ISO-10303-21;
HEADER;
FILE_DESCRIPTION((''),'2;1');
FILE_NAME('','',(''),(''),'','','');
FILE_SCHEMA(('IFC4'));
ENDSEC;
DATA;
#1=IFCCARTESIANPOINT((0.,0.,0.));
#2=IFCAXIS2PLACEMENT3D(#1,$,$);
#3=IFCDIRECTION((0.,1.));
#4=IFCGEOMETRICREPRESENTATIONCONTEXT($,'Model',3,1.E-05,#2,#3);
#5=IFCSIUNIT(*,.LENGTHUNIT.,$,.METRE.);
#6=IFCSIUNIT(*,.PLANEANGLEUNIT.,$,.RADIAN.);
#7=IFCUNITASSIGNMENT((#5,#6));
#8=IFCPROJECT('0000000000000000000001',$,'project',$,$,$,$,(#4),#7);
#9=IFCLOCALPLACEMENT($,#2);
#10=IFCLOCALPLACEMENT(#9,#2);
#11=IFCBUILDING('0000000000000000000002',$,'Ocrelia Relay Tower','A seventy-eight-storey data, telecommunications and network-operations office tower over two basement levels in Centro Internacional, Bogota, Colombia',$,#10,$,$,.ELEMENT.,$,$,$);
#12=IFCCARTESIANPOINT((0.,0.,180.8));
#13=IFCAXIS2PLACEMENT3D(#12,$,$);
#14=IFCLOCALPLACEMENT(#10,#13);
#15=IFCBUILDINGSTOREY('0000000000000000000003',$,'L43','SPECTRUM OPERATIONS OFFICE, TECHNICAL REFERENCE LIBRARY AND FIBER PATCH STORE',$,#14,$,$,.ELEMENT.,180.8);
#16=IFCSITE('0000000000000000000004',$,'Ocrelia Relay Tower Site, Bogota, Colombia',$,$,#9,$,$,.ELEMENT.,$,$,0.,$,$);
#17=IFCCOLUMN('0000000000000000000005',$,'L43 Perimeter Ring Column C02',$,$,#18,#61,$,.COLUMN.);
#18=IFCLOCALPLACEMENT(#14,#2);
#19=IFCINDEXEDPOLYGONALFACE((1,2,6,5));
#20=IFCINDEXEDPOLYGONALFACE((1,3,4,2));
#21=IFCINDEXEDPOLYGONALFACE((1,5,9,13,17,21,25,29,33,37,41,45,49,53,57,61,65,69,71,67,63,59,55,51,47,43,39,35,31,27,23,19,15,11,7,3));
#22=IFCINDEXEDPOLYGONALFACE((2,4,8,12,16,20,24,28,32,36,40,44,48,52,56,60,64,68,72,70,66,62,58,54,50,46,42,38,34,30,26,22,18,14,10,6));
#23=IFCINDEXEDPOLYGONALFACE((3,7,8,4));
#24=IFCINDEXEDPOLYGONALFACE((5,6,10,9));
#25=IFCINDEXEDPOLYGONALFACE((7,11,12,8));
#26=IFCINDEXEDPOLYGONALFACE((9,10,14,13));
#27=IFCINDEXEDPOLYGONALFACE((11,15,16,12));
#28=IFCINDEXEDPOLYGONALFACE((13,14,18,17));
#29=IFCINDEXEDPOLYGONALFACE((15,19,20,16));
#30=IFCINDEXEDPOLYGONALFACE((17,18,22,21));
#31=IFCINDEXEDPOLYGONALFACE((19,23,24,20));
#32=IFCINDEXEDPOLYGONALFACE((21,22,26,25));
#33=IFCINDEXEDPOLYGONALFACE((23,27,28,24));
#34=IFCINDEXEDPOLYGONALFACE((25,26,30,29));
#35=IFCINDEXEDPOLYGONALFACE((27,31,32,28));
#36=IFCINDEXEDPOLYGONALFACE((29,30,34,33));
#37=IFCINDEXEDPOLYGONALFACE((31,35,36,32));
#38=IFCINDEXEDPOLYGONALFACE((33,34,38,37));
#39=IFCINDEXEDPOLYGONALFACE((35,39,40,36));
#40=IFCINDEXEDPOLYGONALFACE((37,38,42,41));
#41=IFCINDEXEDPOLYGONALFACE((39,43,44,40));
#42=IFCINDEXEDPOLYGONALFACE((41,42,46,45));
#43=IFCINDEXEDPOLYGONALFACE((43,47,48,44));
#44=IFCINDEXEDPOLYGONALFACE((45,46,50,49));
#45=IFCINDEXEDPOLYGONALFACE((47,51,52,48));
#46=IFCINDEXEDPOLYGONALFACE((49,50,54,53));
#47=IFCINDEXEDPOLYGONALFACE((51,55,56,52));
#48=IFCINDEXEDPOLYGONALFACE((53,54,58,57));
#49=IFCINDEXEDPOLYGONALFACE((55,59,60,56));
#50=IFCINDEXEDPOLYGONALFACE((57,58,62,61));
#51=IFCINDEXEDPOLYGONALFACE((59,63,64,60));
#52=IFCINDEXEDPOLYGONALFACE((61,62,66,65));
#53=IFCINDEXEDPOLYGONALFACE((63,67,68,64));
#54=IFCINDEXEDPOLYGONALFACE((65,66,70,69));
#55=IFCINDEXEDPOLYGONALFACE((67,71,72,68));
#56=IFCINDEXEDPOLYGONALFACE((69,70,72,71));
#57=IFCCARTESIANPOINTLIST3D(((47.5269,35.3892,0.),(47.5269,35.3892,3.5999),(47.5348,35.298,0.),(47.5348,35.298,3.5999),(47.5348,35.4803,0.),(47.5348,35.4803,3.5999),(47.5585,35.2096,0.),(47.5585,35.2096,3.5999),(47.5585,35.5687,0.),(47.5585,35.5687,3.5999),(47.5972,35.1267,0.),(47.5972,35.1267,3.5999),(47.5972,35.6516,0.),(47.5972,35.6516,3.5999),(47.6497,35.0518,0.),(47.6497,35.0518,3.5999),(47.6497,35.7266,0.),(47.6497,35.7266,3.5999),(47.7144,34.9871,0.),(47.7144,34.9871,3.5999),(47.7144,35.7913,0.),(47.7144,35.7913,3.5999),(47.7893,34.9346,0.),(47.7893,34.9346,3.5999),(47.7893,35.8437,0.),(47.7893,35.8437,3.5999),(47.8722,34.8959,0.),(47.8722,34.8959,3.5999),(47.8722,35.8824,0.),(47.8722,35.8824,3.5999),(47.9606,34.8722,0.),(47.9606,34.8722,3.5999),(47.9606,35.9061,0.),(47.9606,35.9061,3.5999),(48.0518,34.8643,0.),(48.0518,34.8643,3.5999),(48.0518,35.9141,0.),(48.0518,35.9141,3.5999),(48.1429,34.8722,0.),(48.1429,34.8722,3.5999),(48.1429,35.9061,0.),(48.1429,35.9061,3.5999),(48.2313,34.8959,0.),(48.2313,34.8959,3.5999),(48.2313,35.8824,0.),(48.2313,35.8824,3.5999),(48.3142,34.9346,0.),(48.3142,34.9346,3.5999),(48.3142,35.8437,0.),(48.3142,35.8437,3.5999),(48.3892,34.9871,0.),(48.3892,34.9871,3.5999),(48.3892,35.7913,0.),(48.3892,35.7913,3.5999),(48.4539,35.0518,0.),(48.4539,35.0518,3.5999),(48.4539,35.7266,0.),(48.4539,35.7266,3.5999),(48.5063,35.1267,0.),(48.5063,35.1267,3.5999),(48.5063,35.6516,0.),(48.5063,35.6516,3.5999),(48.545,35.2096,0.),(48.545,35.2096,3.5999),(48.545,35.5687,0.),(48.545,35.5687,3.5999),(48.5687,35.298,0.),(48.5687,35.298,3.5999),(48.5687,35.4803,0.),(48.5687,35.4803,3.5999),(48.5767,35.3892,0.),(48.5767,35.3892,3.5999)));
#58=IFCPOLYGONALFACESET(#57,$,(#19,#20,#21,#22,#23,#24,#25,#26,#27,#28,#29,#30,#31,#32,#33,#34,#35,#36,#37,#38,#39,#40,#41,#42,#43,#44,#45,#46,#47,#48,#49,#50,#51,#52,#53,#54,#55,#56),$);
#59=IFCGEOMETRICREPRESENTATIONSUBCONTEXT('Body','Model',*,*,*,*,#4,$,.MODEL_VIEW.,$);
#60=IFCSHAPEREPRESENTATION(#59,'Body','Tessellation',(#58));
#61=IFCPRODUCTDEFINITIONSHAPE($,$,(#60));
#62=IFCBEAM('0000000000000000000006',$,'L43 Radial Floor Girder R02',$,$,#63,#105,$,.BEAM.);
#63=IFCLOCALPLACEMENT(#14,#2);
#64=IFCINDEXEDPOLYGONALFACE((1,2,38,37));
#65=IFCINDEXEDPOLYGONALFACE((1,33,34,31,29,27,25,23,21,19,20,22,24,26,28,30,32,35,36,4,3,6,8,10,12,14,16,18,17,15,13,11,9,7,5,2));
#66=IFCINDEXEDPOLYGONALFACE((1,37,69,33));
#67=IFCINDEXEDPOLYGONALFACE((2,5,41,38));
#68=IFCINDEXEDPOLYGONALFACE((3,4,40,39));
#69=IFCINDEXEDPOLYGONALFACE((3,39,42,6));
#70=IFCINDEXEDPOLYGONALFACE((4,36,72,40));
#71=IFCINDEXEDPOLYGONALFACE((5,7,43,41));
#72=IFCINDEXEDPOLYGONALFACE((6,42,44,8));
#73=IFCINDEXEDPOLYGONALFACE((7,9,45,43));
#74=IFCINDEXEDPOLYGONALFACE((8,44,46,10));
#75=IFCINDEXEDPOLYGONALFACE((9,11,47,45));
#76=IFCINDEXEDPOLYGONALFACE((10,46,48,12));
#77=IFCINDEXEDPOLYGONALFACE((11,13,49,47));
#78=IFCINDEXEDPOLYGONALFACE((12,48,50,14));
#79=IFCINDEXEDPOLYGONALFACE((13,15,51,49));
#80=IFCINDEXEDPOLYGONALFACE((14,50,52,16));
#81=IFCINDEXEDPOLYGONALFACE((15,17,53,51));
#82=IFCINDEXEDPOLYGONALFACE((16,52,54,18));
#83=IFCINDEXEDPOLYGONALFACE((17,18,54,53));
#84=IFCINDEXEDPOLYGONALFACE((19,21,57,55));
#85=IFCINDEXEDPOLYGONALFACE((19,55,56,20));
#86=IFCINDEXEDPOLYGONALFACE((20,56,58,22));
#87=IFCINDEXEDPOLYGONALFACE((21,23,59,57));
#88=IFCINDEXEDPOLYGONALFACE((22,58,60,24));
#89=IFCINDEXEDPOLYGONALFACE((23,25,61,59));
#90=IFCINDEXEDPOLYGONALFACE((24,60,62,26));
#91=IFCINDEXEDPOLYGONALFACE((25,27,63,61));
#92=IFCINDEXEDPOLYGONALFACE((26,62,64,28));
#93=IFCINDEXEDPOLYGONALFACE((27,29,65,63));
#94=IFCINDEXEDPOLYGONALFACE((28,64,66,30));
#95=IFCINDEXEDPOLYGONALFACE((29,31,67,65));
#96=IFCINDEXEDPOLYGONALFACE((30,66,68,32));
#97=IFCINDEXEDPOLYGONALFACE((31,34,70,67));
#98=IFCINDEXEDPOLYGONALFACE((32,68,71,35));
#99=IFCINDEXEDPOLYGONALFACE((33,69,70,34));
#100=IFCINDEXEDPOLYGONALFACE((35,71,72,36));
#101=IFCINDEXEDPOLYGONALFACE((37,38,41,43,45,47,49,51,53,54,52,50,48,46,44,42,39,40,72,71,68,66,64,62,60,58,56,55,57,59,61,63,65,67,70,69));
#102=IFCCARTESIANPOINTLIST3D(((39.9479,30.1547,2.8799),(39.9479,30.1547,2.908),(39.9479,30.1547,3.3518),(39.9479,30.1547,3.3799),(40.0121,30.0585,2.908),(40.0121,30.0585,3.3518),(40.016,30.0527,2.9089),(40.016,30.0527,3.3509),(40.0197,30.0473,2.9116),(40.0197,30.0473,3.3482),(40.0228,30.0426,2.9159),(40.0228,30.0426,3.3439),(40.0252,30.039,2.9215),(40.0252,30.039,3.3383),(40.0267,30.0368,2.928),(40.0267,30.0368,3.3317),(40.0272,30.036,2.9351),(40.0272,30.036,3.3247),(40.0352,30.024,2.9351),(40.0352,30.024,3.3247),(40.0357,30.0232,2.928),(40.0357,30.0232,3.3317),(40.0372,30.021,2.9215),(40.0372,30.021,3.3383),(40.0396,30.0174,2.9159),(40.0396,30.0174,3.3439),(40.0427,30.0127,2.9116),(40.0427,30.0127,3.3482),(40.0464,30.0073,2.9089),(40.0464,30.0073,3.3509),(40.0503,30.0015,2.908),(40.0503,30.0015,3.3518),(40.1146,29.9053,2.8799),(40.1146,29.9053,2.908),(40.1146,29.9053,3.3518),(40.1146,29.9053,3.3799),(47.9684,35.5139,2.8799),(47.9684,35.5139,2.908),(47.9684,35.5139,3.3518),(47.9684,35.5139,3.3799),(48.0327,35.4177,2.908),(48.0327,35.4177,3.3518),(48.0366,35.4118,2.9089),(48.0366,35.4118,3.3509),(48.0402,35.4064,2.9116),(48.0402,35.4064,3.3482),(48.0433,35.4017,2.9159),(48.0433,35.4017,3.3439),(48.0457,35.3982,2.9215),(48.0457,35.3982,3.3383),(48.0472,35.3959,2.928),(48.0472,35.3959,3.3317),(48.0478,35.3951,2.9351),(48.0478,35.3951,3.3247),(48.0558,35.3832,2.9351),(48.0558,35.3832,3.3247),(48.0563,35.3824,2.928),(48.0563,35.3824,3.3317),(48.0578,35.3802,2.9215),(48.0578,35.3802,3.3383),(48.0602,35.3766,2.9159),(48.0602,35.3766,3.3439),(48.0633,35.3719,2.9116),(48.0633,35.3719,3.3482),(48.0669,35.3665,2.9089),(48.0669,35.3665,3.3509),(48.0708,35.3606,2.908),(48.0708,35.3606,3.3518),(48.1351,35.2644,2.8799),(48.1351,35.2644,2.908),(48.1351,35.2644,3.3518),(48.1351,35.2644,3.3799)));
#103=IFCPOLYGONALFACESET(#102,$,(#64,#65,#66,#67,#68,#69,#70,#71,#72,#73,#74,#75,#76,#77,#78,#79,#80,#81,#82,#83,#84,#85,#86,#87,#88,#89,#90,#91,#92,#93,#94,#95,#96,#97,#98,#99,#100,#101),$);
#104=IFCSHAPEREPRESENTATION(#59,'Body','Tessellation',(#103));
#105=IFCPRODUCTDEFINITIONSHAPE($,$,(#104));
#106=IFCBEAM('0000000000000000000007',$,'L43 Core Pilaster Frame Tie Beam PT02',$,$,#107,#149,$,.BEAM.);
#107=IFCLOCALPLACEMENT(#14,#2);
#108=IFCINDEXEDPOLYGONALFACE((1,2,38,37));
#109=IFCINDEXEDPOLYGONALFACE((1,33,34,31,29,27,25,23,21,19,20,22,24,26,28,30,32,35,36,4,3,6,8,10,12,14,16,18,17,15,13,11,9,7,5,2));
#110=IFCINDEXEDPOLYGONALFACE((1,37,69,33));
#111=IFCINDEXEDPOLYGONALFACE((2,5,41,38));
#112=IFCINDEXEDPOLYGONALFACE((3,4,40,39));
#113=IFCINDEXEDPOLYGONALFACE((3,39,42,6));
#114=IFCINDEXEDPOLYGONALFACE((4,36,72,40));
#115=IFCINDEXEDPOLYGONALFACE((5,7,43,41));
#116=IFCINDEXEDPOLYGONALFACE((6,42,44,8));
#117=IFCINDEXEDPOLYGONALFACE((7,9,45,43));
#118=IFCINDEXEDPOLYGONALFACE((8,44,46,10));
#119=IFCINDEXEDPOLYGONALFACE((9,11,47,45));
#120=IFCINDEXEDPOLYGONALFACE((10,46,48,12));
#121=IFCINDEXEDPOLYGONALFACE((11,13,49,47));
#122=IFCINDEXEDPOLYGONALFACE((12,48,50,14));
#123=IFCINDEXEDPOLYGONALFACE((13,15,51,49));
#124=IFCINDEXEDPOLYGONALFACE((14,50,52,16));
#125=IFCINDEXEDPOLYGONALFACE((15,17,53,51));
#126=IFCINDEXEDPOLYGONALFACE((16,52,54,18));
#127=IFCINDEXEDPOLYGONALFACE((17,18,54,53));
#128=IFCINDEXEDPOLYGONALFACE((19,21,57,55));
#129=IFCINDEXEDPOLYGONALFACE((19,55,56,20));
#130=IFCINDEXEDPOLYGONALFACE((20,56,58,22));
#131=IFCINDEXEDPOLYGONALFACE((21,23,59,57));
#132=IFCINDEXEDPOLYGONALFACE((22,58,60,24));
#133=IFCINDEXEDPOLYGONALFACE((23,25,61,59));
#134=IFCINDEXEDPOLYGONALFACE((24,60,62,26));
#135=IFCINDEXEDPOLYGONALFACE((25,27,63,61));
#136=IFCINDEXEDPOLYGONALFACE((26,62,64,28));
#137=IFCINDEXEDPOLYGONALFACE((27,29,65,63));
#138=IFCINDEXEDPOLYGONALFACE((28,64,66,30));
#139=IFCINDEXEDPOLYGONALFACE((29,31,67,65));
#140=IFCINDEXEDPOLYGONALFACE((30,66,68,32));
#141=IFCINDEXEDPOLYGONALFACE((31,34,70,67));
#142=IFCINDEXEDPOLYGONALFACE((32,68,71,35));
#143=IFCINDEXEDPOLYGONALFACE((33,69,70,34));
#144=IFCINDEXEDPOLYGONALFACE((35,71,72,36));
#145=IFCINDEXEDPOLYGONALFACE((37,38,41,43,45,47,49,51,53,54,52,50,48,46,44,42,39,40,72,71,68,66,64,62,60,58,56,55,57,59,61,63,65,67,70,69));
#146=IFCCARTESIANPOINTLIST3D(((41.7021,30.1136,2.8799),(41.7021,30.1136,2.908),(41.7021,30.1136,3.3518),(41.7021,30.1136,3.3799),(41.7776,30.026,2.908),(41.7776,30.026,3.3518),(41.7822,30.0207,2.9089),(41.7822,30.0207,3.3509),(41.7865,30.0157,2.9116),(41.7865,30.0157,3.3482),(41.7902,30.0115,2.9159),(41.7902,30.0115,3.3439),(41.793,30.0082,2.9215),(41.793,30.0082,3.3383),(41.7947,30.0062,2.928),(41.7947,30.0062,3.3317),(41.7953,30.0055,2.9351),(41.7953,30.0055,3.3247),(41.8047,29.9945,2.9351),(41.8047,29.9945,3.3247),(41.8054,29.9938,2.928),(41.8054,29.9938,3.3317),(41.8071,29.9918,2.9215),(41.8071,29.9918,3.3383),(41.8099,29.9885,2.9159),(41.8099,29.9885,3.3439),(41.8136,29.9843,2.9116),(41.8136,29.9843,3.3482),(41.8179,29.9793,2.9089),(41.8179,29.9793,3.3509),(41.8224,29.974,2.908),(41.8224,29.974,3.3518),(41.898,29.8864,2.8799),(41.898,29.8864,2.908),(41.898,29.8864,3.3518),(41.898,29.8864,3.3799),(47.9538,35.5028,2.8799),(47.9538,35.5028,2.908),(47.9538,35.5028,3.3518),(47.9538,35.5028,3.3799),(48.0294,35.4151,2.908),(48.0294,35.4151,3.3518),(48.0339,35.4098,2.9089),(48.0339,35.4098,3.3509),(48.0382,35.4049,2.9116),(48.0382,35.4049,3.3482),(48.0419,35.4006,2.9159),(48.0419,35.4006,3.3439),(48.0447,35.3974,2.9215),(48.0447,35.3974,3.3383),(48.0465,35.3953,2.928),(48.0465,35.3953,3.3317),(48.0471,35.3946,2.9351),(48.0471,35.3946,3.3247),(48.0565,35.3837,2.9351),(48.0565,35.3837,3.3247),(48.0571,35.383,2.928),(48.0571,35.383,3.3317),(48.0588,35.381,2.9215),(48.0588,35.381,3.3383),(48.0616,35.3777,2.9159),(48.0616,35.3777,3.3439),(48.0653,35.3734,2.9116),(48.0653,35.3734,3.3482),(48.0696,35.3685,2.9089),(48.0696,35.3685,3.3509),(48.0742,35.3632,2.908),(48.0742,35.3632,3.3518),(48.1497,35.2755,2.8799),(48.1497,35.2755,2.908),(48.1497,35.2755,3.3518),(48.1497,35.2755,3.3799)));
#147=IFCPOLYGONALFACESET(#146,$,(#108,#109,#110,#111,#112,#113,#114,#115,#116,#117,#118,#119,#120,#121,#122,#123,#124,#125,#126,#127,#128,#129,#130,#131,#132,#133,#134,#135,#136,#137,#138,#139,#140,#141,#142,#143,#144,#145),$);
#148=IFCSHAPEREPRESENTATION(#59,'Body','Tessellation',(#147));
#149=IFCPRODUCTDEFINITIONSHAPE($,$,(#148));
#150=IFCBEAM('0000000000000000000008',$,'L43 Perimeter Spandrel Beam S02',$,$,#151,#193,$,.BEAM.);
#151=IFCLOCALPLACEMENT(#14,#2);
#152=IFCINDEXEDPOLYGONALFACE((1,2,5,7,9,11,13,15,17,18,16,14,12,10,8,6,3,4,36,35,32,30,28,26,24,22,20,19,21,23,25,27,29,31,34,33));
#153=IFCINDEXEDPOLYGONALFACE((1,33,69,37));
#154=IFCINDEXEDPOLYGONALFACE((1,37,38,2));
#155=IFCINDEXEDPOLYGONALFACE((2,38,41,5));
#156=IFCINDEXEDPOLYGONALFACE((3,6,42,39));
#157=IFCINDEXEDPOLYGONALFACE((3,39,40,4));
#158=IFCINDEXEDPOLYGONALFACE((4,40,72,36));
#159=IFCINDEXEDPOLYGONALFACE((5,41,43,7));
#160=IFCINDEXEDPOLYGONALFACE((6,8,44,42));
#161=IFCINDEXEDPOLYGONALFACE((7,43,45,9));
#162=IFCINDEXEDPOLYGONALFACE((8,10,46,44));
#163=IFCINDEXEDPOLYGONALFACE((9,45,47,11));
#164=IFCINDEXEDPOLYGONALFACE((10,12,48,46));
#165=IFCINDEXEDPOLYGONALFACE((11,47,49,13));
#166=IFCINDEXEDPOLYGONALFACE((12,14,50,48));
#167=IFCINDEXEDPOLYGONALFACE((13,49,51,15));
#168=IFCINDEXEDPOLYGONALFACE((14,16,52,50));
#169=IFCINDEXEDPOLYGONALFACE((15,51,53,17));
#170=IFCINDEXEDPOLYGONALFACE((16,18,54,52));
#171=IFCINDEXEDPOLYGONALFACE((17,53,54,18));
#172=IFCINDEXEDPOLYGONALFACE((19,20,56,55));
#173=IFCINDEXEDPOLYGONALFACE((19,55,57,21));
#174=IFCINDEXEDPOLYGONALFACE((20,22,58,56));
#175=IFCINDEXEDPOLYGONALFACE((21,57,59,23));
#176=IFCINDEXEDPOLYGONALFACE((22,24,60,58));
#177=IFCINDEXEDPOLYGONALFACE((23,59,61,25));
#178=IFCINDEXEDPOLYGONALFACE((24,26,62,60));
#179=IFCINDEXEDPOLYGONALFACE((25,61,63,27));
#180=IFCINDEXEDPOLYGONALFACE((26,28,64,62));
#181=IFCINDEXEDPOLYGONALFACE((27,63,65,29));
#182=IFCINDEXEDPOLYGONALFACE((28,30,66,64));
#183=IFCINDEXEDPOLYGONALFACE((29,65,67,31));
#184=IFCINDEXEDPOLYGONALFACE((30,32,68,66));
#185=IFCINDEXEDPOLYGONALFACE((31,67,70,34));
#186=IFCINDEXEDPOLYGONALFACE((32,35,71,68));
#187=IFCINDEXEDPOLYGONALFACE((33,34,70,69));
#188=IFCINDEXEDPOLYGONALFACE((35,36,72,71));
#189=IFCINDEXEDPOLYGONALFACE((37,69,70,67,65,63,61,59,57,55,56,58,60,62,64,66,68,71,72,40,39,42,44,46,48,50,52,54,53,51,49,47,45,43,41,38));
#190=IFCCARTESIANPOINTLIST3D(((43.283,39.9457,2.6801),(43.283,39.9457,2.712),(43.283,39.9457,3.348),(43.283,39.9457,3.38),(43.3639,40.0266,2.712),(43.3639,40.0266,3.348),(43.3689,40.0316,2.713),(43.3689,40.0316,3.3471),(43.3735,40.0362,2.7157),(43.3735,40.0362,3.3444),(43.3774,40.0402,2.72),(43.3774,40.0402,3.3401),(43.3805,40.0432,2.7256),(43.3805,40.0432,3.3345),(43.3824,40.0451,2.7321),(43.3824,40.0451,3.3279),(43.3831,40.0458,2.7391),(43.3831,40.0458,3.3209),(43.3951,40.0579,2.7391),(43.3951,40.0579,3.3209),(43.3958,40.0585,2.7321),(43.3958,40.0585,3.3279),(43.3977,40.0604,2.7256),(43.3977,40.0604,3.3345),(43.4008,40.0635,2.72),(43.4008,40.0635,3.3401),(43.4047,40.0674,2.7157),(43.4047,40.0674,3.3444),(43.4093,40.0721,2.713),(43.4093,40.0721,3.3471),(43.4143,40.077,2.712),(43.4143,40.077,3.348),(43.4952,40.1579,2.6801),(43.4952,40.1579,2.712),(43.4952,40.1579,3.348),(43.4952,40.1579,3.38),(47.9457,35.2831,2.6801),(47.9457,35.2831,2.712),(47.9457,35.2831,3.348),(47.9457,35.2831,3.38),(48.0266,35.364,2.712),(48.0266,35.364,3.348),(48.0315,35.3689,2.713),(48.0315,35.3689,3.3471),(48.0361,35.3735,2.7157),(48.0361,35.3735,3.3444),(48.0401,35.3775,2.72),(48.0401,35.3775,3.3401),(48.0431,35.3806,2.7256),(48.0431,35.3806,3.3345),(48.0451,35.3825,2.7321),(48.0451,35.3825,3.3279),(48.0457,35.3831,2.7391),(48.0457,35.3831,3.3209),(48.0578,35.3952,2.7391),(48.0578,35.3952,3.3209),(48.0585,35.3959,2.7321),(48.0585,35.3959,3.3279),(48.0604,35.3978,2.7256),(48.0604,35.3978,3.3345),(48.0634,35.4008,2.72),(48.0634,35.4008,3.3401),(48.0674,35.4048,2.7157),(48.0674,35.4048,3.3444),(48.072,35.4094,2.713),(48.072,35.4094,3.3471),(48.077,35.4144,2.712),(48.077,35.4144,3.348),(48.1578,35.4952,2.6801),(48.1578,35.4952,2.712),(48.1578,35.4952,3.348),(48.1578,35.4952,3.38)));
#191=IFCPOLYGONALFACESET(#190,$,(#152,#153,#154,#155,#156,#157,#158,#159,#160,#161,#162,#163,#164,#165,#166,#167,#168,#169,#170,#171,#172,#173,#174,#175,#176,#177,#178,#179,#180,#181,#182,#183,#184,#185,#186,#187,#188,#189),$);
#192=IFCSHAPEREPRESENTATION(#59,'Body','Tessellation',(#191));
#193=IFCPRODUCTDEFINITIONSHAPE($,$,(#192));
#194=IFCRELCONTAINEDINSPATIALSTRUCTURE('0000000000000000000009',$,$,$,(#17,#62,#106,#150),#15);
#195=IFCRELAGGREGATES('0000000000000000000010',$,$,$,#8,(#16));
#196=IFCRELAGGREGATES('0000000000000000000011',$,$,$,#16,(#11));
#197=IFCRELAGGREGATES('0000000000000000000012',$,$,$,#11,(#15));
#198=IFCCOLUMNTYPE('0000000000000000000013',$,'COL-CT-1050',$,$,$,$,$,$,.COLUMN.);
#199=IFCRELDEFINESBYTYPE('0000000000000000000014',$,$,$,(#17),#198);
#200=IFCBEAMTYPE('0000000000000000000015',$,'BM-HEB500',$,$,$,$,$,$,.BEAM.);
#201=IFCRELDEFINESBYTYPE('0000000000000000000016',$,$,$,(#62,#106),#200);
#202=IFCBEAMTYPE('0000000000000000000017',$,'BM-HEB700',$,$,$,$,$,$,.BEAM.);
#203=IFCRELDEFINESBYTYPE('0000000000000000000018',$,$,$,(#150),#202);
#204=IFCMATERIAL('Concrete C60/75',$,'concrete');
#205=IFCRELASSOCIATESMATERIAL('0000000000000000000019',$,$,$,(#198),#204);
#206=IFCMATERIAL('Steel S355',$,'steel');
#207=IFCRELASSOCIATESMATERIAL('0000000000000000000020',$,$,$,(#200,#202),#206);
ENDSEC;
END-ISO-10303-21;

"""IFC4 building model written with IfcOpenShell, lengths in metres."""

from ifc_helpers import new_model, si_unit, direction, frame, origin, origin_2d, place, context, subcontext, project, spatial, circle, i_section, extrude, material, material_profile, profile_set, type_object, element, save


model = new_model("IFC4")

# Units and contexts
model_context = context("Model", 3, precision=1e-05, world=origin(), true_north=direction((0.0, 1.0)))
body_context = subcontext(model_context, "Body", "Model", "MODEL_VIEW")
ifc_project = project(units=[si_unit("LENGTHUNIT", "METRE"), si_unit("PLANEANGLEUNIT", "RADIAN")], contexts=[model_context])

# Site, building, storey
site_placement = place(None, origin())
site = spatial("IfcSite", under=ifc_project, at=site_placement, Name="Ocrelia Relay Tower Site, Bogota, Colombia", CompositionType="ELEMENT", RefElevation=0.0)
building_placement = place(site_placement, origin())
building = spatial("IfcBuilding", under=site, at=building_placement, Name="Ocrelia Relay Tower", Description="A seventy-eight-storey data, telecommunications and network-operations office tower over two basement levels in Centro Internacional, Bogota, Colombia", CompositionType="ELEMENT")
storey_placement = place(building_placement, frame((0.0, 0.0, 180.8)))
storey = spatial("IfcBuildingStorey", under=building, at=storey_placement, Name="L43", Description="SPECTRUM OPERATIONS OFFICE, TECHNICAL REFERENCE LIBRARY AND FIBER PATCH STORE", CompositionType="ELEMENT", Elevation=180.8)

# Column
ifc_material_1 = material(Name="Concrete C60/75", Category="concrete")
ifc_material_profile_1 = material_profile(ifc_material_1, circle(Radius=0.5249, at=origin_2d()), Name="RC-CIR-1050")
ifc_profile_set_1 = profile_set([ifc_material_profile_1], Name="Concrete C60/75")
column_type = type_object("IfcColumnType", Name="COL-CT-1050", PredefinedType="COLUMN", material=ifc_profile_set_1)
column_placement = place(storey_placement, frame((48.0518, 35.3892, 0.0), z_axis=(0.0, 0.0, 1.0), x_axis=(1.0, 0.0, 0.0)))
element("IfcColumn", 1, at=column_placement, inside=storey, type_object=column_type, Name="L43 Perimeter Ring Column C02", PredefinedType="COLUMN", context=body_context, shape_type="SweptSolid", body=[
    extrude(circle(Radius=0.5249, at=origin_2d()), origin(), (0.0, 0.0, 1.0), 3.5999),
])

# Beams
ifc_material_2 = material(Name="Steel S355", Category="steel")
ifc_material_profile_2 = material_profile(ifc_material_2, i_section(OverallWidth=0.3, OverallDepth=0.5, WebThickness=0.0144, FlangeThickness=0.0281, FilletRadius=0.0271, at=origin_2d()), Name="HEB 500")
ifc_profile_set_2 = profile_set([ifc_material_profile_2], Name="Steel S355")
beam_type_1 = type_object("IfcBeamType", Name="BM-HEB500", PredefinedType="BEAM", material=ifc_profile_set_2)
beam_1_placement = place(storey_placement, frame((48.0518, 35.3892, 3.1299), z_axis=(-0.83147, -0.55557, 0.0), x_axis=(0.55557, -0.83147, 0.0)))
element("IfcBeam", 2, at=beam_1_placement, inside=storey, type_object=beam_type_1, Name="L43 Radial Floor Girder R02", PredefinedType="BEAM", context=body_context, shape_type="SweptSolid", body=[
    extrude(i_section(OverallWidth=0.3, OverallDepth=0.5, WebThickness=0.0144, FlangeThickness=0.0281, FilletRadius=0.0271, at=origin_2d()), origin(), (0.0, 0.0, 1.0), 9.6462),
])
beam_2_placement = place(storey_placement, frame((48.0518, 35.3892, 3.1299), z_axis=(-0.757425, -0.652923, 0.0), x_axis=(0.652923, -0.757425, 0.0)))
element("IfcBeam", 3, at=beam_2_placement, inside=storey, type_object=beam_type_1, Name="L43 Core Pilaster Frame Tie Beam PT02", PredefinedType="BEAM", context=body_context, shape_type="SweptSolid", body=[
    extrude(i_section(OverallWidth=0.3, OverallDepth=0.5, WebThickness=0.0144, FlangeThickness=0.0281, FilletRadius=0.0271, at=origin_2d()), origin(), (0.0, 0.0, 1.0), 8.2539),
])
ifc_material_profile_3 = material_profile(ifc_material_2, i_section(OverallWidth=0.3, OverallDepth=0.7, WebThickness=0.0171, FlangeThickness=0.032, FilletRadius=0.0271, at=origin_2d()), Name="HEB 700")
ifc_profile_set_3 = profile_set([ifc_material_profile_3], Name="Steel S355")
beam_type_2 = type_object("IfcBeamType", Name="BM-HEB700", PredefinedType="BEAM", material=ifc_profile_set_3)
beam_3_placement = place(storey_placement, frame((48.0518, 35.3892, 3.03), z_axis=(-0.707107, 0.707107, 0.0), x_axis=(-0.707107, -0.707107, 0.0)))
element("IfcBeam", 4, at=beam_3_placement, inside=storey, type_object=beam_type_2, Name="L43 Perimeter Spandrel Beam S02", PredefinedType="BEAM", context=body_context, shape_type="SweptSolid", body=[
    extrude(i_section(OverallWidth=0.3, OverallDepth=0.7, WebThickness=0.0171, FlangeThickness=0.032, FilletRadius=0.0271, at=origin_2d()), origin(), (0.0, 0.0, 1.0), 6.594),
])

save(model, "model.ifc")
